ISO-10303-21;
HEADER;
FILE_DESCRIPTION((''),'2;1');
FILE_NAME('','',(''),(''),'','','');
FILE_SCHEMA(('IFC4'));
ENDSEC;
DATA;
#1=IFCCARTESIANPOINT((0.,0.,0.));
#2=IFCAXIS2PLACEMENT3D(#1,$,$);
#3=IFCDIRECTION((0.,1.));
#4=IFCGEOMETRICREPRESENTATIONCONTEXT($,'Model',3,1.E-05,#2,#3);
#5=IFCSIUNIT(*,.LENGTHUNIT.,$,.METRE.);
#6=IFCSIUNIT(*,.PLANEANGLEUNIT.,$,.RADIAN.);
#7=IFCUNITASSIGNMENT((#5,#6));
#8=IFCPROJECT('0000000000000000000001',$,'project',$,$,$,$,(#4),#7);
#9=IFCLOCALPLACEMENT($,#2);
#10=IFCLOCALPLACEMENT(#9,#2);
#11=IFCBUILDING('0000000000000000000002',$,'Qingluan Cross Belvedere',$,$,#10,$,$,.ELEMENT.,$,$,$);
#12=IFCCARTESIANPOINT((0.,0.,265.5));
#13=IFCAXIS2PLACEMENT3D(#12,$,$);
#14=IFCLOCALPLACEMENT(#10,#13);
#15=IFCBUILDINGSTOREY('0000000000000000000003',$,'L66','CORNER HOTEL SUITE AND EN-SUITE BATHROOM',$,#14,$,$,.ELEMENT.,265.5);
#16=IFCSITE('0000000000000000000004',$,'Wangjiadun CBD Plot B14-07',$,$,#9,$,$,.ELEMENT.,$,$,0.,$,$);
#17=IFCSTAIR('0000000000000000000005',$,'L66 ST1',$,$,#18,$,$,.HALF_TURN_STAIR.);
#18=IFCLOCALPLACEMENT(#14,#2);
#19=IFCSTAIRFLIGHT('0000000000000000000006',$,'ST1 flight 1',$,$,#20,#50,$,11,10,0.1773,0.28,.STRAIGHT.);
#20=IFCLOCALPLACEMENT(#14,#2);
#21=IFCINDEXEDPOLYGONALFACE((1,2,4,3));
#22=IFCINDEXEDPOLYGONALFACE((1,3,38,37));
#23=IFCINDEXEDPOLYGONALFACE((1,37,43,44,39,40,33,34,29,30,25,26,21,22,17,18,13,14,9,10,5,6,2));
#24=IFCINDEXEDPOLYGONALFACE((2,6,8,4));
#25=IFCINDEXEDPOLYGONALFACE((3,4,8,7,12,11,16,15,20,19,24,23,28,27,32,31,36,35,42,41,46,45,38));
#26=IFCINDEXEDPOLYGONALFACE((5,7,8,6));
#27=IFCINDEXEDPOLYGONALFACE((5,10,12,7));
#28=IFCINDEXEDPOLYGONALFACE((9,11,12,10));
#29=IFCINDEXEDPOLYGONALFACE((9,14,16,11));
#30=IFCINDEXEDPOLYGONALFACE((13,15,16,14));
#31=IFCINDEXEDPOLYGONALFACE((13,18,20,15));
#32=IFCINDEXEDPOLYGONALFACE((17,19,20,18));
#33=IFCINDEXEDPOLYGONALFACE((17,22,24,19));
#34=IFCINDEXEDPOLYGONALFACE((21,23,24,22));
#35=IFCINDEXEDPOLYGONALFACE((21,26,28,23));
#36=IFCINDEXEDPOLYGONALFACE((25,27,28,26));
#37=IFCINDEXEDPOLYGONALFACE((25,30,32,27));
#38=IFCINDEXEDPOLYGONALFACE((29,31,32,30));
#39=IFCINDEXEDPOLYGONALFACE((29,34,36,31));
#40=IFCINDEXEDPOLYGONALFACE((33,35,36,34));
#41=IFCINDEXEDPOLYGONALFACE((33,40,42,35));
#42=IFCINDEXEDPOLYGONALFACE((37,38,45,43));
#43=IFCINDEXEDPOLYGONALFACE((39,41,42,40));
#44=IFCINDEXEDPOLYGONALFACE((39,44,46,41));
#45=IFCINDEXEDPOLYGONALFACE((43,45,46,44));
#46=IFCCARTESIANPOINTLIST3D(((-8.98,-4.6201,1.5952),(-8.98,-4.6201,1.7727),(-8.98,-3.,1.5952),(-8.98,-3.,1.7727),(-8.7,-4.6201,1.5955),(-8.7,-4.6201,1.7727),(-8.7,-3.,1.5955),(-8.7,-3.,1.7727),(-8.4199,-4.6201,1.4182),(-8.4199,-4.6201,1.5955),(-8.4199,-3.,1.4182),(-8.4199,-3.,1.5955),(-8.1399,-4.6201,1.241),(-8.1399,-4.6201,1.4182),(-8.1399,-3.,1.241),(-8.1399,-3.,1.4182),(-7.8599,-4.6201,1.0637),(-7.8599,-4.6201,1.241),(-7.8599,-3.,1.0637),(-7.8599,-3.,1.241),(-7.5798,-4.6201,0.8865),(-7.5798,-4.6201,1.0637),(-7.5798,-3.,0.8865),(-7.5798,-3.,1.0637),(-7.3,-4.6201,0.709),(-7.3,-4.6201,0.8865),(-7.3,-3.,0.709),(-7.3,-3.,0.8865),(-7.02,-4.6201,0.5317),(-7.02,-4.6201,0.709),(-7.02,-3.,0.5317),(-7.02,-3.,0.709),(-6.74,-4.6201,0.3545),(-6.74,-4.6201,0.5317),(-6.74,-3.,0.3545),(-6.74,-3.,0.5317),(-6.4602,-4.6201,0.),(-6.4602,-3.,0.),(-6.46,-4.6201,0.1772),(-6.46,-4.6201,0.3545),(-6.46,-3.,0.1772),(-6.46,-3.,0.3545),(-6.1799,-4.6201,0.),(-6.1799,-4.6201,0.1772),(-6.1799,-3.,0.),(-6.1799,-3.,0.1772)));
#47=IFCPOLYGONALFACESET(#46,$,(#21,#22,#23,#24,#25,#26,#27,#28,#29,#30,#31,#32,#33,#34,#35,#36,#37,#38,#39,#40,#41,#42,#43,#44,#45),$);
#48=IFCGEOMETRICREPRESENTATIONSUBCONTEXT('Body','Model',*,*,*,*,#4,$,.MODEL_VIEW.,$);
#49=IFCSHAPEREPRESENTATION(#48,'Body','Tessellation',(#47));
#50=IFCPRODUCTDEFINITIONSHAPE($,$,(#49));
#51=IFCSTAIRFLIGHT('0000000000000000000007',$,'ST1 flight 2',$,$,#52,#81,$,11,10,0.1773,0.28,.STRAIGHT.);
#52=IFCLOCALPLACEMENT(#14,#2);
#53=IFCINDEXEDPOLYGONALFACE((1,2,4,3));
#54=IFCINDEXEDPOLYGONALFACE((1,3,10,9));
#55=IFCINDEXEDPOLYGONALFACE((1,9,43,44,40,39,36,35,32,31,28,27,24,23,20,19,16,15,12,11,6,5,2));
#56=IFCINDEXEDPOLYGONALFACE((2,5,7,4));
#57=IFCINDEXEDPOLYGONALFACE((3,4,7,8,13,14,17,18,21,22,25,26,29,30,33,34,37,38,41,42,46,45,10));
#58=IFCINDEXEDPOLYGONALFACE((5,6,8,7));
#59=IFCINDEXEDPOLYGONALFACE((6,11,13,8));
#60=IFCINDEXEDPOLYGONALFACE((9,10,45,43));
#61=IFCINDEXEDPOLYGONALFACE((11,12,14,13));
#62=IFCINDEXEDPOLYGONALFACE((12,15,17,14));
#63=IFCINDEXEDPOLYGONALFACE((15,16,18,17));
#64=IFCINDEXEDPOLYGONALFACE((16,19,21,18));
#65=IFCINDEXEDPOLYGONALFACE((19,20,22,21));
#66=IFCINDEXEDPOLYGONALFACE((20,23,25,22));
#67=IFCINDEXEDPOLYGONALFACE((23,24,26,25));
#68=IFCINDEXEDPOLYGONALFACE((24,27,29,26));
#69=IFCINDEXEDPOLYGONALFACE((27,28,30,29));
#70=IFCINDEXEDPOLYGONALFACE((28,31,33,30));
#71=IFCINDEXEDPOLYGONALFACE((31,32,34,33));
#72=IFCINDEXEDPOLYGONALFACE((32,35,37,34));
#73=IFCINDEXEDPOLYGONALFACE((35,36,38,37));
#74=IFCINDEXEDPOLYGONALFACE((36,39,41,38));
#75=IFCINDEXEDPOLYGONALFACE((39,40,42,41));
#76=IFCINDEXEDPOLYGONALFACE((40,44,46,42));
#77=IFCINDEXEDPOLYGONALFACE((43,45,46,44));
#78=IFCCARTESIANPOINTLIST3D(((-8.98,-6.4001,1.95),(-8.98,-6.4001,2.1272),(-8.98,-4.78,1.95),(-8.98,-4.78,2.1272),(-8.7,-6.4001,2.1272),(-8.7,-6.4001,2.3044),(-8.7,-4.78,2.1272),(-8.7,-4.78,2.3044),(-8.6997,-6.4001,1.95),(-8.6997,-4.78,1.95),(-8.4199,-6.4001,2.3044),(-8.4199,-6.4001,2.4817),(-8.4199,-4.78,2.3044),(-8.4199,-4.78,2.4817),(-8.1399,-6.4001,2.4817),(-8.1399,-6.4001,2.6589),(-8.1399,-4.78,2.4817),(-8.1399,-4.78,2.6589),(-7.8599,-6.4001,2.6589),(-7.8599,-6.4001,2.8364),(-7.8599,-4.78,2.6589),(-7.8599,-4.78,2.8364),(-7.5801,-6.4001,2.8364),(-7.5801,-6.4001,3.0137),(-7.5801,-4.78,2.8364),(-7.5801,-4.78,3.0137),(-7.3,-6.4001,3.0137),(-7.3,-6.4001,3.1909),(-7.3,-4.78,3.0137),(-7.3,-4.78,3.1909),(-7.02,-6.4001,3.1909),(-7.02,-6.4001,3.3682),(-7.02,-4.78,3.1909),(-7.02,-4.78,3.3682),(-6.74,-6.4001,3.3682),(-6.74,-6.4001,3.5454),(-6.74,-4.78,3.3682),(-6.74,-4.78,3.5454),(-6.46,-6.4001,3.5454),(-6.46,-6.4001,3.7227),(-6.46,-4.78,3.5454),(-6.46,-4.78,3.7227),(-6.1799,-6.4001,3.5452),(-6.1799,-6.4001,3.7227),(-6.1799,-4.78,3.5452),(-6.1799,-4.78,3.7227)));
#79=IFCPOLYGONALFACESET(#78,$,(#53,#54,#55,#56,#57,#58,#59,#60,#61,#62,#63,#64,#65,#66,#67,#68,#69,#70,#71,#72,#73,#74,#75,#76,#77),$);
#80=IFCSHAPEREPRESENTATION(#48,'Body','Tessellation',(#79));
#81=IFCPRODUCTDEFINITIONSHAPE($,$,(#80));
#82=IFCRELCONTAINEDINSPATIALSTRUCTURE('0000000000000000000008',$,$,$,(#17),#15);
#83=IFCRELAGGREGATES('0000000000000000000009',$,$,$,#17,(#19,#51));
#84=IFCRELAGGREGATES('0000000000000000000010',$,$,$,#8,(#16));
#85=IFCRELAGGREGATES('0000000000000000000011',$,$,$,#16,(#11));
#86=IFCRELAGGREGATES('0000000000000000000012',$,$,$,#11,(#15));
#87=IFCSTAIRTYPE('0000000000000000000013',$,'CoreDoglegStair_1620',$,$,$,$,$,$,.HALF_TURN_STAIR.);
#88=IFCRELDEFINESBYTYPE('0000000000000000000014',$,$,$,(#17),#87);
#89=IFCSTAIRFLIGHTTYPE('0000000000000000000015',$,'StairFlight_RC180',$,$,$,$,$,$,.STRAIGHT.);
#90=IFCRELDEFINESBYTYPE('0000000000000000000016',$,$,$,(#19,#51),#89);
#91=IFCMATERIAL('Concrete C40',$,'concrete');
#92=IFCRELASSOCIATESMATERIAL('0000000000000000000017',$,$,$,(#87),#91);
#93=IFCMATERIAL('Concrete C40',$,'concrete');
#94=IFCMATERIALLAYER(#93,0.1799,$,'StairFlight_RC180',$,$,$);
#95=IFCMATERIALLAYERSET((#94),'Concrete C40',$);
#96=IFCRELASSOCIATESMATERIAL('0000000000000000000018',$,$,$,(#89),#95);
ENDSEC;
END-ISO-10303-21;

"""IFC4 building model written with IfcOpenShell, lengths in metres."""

from ifc_helpers import new_model, si_unit, direction, frame, origin, place, context, subcontext, project, spatial, polyline, outline, extrude, material, layer, layer_set, type_object, element, aggregate, save


model = new_model("IFC4")

# Units and contexts
model_context = context("Model", 3, precision=1e-05, world=origin(), true_north=direction((0.0, 1.0)))
body_context = subcontext(model_context, "Body", "Model", "MODEL_VIEW")
ifc_project = project(units=[si_unit("LENGTHUNIT", "METRE"), si_unit("PLANEANGLEUNIT", "RADIAN")], contexts=[model_context])

# Site, building, storey
site_placement = place(None, origin())
site = spatial("IfcSite", under=ifc_project, at=site_placement, Name="Wangjiadun CBD Plot B14-07", CompositionType="ELEMENT", RefElevation=0.0)
building_placement = place(site_placement, origin())
building = spatial("IfcBuilding", under=site, at=building_placement, Name="Qingluan Cross Belvedere", CompositionType="ELEMENT")
storey_placement = place(building_placement, frame((0.0, 0.0, 265.5)))
storey = spatial("IfcBuildingStorey", under=building, at=storey_placement, Name="L66", Description="CORNER HOTEL SUITE AND EN-SUITE BATHROOM", CompositionType="ELEMENT", Elevation=265.5)

# Stair, stair flights
ifc_material_1 = material(Name="Concrete C40", Category="concrete")
stair_type = type_object("IfcStairType", Name="CoreDoglegStair_1620", PredefinedType="HALF_TURN_STAIR", material=ifc_material_1)
stair_placement = place(storey_placement, origin())
stair = element("IfcStair", 1, at=stair_placement, inside=storey, type_object=stair_type, Name="L66 ST1", PredefinedType="HALF_TURN_STAIR")
ifc_material_2 = material(Name="Concrete C40", Category="concrete")
ifc_layer_1 = layer(ifc_material_2, 0.1799, Name="StairFlight_RC180")
ifc_layer_set_1 = layer_set([ifc_layer_1], Name="Concrete C40")
stair_flight_type = type_object("IfcStairFlightType", Name="StairFlight_RC180", PredefinedType="STRAIGHT", material=ifc_layer_set_1)
stair_flight_1_placement = place(storey_placement, frame((-6.1799, -3.8101, 0.0), z_axis=(0.0, 0.0, 1.0), x_axis=(-1.0, 0.0, 0.0)))
stair_flight_1 = element("IfcStairFlight", 2, at=stair_flight_1_placement, type_object=stair_flight_type, Name="ST1 flight 1", NumberOfRisers=11, NumberOfTreads=10, PredefinedType="STRAIGHT", RiserHeight=0.1773, TreadLength=0.28, context=body_context, shape_type="SweptSolid", body=[
    extrude(outline(polyline([(0.0, 0.0), (0.0, 0.1772), (0.28, 0.1772), (0.28, 0.3545), (0.5601, 0.3545), (0.5601, 0.5317), (0.8401, 0.5317), (0.8401, 0.709), (1.1201, 0.709), (1.1201, 0.8865), (1.3999, 0.8865), (1.3999, 1.0637), (1.6799, 1.0637), (1.6799, 1.241), (1.96, 1.241), (1.96, 1.4182), (2.24, 1.4182), (2.24, 1.5955), (2.52, 1.5955), (2.52, 1.7727), (2.8, 1.7727), (2.8, 1.95), (2.8, 1.5952), (0.2803, 0.0), (0.0, 0.0)])), frame((0.0, 0.8101, 0.0), z_axis=(0.0, -1.0, 0.0), x_axis=(1.0, 0.0, 0.0)), (0.0, 0.0, 1.0), 1.6201),
])
stair_flight_2_placement = place(storey_placement, frame((-8.98, -5.5901, 1.95), z_axis=(0.0, 0.0, 1.0), x_axis=(1.0, 0.0, 0.0)))
stair_flight_2 = element("IfcStairFlight", 3, at=stair_flight_2_placement, type_object=stair_flight_type, Name="ST1 flight 2", NumberOfRisers=11, NumberOfTreads=10, PredefinedType="STRAIGHT", RiserHeight=0.1773, TreadLength=0.28, context=body_context, shape_type="SweptSolid", body=[
    extrude(outline(polyline([(0.0, 0.0), (0.0, 0.1772), (0.28, 0.1772), (0.28, 0.3545), (0.5601, 0.3545), (0.5601, 0.5317), (0.8401, 0.5317), (0.8401, 0.709), (1.1201, 0.709), (1.1201, 0.8865), (1.3999, 0.8865), (1.3999, 1.0637), (1.6799, 1.0637), (1.6799, 1.241), (1.96, 1.241), (1.96, 1.4182), (2.24, 1.4182), (2.24, 1.5955), (2.52, 1.5955), (2.52, 1.7727), (2.8, 1.7727), (2.8, 1.95), (2.8, 1.5952), (0.2803, 0.0), (0.0, 0.0)])), frame((0.0, 0.8101, 0.0), z_axis=(0.0, -1.0, 0.0), x_axis=(1.0, 0.0, 0.0)), (0.0, 0.0, 1.0), 1.6201),
])
aggregate(stair, [stair_flight_1, stair_flight_2])

save(model, "model.ifc")
